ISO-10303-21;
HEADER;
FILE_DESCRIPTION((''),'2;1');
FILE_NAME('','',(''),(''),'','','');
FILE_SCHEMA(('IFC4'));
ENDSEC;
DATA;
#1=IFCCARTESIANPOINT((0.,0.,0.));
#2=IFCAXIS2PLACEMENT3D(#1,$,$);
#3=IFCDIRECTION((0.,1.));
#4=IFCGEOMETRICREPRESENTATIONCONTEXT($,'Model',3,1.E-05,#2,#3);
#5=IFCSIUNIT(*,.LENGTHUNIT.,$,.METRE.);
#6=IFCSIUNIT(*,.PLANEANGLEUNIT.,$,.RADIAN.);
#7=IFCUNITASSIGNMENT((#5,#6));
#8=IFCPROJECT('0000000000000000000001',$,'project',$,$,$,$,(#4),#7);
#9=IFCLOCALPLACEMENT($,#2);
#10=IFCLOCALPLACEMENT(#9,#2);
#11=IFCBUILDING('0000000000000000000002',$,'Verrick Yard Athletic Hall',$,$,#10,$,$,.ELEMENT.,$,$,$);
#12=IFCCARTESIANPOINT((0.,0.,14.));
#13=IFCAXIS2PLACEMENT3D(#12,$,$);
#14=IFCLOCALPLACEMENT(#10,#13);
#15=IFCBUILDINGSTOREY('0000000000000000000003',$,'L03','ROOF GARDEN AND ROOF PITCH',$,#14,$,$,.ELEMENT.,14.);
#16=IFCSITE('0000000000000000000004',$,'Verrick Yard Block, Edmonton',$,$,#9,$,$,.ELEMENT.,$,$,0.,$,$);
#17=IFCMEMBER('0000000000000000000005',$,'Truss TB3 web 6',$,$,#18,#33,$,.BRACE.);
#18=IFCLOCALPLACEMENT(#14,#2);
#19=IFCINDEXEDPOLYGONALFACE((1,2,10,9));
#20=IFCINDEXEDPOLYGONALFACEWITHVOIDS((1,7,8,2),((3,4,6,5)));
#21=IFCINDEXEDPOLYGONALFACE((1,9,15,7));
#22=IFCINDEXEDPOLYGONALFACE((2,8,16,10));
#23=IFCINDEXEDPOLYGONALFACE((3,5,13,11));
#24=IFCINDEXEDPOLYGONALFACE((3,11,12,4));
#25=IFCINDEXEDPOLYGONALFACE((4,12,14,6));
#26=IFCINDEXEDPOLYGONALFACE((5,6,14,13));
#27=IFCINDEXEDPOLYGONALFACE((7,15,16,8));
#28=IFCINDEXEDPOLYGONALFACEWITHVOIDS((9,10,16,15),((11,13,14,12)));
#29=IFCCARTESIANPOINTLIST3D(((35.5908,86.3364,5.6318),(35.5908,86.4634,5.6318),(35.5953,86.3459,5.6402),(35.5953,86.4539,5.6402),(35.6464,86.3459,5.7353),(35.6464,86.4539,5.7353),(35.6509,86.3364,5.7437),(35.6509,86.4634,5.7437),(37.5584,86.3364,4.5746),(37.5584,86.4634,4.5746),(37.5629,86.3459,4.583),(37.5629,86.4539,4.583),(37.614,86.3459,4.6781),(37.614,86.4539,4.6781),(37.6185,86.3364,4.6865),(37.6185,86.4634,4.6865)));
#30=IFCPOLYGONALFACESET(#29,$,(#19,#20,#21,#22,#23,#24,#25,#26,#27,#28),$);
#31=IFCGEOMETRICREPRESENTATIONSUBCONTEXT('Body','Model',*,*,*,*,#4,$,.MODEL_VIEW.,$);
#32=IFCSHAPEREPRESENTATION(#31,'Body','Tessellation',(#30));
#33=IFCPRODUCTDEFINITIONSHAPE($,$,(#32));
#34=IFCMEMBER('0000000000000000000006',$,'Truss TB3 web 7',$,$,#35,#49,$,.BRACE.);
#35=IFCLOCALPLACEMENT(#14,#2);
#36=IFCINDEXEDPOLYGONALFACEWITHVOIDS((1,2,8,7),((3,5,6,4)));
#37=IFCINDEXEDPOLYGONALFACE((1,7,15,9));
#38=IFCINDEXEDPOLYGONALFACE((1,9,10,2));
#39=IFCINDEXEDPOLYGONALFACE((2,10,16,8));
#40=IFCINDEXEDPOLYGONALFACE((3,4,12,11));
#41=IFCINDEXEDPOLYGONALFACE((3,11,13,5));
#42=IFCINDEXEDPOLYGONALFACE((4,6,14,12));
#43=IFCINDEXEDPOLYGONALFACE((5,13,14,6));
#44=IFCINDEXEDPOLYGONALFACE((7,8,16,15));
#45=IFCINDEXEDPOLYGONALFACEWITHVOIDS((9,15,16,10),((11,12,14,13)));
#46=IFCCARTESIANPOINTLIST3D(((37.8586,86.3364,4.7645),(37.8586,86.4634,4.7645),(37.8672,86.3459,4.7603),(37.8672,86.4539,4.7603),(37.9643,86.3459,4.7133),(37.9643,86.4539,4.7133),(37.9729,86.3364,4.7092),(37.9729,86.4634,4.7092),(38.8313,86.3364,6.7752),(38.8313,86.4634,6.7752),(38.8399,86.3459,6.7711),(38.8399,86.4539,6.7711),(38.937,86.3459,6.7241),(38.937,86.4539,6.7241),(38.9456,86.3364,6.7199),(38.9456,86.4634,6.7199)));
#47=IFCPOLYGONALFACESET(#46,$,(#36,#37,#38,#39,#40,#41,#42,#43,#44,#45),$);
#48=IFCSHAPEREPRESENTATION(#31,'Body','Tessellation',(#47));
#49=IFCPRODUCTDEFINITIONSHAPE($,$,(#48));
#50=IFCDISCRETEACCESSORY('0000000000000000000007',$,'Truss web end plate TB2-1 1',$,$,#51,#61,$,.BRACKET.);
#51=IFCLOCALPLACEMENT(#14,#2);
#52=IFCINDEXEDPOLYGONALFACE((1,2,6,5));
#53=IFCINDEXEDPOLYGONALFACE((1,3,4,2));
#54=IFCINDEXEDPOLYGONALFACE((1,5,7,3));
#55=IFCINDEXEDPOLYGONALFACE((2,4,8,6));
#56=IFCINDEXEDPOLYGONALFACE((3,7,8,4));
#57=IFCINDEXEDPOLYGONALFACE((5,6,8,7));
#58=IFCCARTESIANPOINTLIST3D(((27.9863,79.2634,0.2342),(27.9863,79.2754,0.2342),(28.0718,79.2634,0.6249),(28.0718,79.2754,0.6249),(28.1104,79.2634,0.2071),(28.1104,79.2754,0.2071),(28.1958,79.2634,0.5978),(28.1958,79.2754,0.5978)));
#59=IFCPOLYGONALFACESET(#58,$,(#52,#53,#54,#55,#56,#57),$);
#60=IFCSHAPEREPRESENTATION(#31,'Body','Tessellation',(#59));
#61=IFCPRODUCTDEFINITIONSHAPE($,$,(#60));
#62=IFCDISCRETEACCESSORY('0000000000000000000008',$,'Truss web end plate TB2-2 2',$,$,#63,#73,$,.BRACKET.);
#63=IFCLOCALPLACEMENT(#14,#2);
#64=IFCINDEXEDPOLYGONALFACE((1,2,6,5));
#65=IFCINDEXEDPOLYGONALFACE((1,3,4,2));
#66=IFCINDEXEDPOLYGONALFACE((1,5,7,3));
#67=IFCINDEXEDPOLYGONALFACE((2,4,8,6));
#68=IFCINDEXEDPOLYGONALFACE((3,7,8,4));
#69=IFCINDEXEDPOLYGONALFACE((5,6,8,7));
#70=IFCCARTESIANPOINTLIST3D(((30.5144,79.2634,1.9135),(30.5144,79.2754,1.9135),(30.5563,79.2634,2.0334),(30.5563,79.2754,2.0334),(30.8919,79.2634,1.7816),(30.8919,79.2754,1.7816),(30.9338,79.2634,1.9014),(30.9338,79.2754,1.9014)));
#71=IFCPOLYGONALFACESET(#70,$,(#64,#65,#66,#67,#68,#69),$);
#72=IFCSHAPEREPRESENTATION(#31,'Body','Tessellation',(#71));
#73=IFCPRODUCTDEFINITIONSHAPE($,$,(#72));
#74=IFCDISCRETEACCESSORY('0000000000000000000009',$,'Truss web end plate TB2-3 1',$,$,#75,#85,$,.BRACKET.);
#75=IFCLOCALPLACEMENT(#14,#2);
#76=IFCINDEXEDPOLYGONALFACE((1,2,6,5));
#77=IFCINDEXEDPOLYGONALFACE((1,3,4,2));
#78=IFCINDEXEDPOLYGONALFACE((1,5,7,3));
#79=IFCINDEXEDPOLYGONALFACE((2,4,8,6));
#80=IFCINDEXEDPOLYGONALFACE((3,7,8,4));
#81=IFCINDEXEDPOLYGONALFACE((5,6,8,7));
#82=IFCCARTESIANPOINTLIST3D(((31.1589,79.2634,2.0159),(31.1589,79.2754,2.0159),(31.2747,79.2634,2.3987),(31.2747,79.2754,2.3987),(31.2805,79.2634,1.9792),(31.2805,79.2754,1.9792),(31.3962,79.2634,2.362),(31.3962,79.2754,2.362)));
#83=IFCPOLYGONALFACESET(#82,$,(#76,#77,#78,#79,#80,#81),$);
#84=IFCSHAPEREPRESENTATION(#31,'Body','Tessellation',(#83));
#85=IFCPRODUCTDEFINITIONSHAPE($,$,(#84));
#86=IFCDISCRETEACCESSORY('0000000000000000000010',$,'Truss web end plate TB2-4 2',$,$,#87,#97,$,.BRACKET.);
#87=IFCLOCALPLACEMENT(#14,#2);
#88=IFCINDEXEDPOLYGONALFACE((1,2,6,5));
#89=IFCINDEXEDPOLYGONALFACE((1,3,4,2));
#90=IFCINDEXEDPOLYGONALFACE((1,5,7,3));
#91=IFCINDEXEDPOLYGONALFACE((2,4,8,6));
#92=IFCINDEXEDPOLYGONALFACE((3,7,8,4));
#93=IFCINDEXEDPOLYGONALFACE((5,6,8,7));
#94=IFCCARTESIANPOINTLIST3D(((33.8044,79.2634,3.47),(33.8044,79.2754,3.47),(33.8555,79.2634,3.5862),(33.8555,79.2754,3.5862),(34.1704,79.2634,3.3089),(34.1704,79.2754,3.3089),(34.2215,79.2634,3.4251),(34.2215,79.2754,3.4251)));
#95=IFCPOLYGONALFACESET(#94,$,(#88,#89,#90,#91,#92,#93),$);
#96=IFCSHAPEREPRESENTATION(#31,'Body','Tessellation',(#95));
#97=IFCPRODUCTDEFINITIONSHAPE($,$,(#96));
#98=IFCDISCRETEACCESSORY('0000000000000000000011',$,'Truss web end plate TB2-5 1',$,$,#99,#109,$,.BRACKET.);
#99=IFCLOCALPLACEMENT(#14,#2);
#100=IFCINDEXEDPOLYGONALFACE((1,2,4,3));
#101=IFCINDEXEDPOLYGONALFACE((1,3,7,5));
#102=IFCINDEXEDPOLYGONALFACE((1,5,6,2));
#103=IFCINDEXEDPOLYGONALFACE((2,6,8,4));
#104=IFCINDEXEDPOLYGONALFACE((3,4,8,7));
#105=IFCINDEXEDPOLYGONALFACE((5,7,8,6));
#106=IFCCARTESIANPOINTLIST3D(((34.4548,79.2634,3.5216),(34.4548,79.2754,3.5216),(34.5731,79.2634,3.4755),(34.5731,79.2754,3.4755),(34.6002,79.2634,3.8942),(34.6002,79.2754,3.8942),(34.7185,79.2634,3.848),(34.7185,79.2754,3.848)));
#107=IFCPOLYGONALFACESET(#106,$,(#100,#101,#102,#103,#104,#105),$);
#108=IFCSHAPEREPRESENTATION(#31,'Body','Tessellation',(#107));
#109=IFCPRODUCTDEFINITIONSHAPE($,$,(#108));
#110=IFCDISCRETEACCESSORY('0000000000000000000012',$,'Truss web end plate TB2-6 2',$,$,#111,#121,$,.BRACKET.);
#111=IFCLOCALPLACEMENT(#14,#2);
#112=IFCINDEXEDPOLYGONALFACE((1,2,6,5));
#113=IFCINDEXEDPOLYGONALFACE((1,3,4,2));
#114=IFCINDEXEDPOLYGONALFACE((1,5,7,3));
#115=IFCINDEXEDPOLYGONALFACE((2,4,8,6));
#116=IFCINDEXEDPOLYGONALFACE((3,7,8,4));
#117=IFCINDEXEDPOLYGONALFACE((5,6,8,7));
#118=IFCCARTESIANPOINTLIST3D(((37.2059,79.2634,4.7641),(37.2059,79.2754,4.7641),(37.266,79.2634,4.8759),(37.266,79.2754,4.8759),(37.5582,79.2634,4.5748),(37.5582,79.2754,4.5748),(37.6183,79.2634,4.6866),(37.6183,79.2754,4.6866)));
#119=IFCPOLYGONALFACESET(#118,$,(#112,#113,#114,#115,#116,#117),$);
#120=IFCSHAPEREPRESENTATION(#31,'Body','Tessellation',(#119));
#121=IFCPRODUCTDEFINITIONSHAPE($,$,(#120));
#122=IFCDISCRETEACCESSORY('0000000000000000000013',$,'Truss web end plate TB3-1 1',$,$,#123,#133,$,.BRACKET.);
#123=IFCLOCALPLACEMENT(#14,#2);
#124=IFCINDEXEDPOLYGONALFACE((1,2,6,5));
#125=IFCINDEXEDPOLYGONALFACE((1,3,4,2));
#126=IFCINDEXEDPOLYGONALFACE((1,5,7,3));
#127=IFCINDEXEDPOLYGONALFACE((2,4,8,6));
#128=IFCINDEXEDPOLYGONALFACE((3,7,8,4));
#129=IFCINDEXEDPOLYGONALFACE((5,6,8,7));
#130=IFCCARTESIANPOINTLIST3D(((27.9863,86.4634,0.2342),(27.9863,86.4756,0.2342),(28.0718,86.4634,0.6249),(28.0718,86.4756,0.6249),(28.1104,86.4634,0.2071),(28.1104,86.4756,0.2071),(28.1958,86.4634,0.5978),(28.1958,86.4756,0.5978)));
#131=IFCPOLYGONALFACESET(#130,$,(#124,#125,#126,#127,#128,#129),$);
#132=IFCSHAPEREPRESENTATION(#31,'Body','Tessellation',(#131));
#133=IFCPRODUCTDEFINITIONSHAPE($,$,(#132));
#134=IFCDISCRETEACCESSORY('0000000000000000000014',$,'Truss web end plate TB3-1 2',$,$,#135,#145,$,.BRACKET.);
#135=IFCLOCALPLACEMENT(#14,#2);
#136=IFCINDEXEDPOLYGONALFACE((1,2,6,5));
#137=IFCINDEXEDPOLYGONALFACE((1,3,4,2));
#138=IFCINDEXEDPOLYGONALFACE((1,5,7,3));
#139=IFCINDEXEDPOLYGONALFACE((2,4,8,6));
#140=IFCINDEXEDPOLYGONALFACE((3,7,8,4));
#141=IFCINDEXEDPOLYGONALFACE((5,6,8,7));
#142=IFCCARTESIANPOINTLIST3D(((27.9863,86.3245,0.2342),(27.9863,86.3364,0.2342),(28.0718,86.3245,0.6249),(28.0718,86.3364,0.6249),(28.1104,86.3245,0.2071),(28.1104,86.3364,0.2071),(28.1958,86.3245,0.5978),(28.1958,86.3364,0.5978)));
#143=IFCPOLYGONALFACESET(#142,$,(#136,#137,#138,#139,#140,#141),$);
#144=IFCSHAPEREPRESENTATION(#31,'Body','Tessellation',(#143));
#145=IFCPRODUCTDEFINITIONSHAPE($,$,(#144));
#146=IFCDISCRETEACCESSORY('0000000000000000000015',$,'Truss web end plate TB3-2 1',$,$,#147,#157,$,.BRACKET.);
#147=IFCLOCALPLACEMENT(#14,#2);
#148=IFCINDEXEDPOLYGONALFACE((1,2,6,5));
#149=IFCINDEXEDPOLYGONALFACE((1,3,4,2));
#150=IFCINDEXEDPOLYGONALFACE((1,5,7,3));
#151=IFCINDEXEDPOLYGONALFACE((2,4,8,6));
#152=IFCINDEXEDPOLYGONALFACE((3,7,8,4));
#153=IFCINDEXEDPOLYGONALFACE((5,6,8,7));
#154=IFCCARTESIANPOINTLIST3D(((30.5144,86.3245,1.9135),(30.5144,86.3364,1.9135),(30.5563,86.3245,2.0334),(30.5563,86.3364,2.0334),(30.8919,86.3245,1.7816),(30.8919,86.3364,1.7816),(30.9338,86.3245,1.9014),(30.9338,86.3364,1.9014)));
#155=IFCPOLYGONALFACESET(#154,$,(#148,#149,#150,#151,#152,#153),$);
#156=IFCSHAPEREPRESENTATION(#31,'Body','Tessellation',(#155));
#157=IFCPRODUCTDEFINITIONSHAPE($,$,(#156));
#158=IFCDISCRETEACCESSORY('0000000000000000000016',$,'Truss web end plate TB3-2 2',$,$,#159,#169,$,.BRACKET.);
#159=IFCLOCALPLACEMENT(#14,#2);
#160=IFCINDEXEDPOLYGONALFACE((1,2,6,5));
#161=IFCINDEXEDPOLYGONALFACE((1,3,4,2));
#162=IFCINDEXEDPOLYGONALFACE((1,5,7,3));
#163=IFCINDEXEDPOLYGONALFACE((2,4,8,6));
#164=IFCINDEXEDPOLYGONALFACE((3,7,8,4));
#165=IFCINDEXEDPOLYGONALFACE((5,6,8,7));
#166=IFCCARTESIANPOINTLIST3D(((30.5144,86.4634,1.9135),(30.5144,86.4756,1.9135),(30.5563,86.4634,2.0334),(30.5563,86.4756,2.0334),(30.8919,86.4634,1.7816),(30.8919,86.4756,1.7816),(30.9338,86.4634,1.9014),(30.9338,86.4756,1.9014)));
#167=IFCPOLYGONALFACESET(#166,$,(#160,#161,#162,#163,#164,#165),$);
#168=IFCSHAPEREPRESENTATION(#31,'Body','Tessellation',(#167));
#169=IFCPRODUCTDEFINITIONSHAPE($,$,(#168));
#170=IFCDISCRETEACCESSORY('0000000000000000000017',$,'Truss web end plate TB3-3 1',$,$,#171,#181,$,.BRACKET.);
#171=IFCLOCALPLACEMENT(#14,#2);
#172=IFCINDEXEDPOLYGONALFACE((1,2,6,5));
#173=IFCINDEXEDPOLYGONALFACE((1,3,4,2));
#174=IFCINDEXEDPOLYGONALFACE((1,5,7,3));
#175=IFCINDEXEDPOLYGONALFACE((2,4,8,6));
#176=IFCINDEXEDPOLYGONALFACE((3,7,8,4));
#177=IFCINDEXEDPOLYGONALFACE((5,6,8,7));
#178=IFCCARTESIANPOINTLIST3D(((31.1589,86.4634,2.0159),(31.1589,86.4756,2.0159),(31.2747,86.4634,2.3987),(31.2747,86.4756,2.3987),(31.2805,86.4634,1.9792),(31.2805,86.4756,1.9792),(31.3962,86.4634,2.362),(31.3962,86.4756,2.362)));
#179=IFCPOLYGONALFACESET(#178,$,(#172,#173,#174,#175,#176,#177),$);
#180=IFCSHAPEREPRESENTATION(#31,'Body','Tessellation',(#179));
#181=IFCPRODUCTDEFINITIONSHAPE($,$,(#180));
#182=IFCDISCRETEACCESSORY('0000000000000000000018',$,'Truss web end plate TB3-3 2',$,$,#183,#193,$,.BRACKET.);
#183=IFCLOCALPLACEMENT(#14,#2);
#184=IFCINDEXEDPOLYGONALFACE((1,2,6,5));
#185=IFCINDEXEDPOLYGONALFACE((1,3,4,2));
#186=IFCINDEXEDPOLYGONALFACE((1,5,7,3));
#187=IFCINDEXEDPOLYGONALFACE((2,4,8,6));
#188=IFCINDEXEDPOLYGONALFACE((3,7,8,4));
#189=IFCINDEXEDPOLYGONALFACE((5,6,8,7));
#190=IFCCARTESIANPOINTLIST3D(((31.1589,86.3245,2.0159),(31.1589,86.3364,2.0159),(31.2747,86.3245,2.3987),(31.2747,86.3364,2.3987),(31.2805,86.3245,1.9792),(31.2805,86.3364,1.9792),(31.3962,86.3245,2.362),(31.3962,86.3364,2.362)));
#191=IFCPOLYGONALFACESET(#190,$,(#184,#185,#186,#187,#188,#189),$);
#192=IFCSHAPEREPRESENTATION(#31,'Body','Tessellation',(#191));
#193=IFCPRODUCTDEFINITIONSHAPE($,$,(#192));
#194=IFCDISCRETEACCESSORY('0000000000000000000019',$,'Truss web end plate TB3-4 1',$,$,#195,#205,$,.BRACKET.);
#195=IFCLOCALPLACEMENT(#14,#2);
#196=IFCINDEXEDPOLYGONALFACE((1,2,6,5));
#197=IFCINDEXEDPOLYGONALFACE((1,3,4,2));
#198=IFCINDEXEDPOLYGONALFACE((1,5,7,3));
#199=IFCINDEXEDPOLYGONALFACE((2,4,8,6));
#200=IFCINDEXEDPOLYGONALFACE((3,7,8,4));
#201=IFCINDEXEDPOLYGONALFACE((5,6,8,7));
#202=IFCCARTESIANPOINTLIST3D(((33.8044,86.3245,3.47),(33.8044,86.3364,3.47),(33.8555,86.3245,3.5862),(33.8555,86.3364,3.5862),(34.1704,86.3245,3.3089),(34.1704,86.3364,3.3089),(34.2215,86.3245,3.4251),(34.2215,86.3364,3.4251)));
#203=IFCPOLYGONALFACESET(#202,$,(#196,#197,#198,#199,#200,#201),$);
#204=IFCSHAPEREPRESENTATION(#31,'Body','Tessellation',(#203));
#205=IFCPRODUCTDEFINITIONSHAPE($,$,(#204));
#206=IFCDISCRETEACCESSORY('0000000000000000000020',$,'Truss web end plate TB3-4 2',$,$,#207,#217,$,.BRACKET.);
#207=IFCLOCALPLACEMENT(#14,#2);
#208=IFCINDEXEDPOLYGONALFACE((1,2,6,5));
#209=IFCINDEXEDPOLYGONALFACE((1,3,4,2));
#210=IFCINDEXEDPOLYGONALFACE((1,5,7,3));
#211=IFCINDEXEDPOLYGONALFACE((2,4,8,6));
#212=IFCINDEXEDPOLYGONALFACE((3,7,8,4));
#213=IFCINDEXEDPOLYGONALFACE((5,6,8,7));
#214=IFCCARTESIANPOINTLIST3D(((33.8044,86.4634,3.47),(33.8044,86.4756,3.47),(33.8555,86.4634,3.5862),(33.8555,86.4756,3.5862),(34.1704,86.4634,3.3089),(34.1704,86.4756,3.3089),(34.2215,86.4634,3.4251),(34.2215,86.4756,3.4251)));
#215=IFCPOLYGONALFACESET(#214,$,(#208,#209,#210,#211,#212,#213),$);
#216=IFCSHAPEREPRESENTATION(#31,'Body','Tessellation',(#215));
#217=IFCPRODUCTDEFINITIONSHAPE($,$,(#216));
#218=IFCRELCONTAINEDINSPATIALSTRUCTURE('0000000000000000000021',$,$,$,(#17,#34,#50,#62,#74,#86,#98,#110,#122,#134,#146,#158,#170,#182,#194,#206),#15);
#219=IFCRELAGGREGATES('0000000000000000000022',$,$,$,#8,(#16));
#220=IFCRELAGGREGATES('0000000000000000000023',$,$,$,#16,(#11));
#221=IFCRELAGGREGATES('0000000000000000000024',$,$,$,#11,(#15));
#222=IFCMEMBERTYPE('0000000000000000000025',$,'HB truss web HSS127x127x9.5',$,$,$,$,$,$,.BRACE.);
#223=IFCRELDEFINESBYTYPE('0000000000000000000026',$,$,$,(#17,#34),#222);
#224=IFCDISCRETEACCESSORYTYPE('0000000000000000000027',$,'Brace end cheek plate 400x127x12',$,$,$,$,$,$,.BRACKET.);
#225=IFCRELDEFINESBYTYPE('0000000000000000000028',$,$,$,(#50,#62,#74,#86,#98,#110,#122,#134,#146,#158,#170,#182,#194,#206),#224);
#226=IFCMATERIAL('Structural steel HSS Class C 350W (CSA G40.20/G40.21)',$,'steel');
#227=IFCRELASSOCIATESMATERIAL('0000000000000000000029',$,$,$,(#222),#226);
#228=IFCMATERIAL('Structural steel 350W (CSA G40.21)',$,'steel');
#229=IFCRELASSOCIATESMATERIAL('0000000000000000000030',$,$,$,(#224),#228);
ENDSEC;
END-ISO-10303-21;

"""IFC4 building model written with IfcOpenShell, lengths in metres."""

from ifc_helpers import new_model, si_unit, direction, frame, origin, origin_2d, place, context, subcontext, project, spatial, rectangle, hollow_rectangle, extrude, material, material_profile, profile_set, type_object, element, save


model = new_model("IFC4")

# Units and contexts
model_context = context("Model", 3, precision=1e-05, world=origin(), true_north=direction((0.0, 1.0)))
body_context = subcontext(model_context, "Body", "Model", "MODEL_VIEW")
ifc_project = project(units=[si_unit("LENGTHUNIT", "METRE"), si_unit("PLANEANGLEUNIT", "RADIAN")], contexts=[model_context])

# Site, building, storey
site_placement = place(None, origin())
site = spatial("IfcSite", under=ifc_project, at=site_placement, Name="Verrick Yard Block, Edmonton", CompositionType="ELEMENT", RefElevation=0.0)
building_placement = place(site_placement, origin())
building = spatial("IfcBuilding", under=site, at=building_placement, Name="Verrick Yard Athletic Hall", CompositionType="ELEMENT")
storey_placement = place(building_placement, frame((0.0, 0.0, 14.0)))
storey = spatial("IfcBuildingStorey", under=building, at=storey_placement, Name="L03", Description="ROOF GARDEN AND ROOF PITCH", CompositionType="ELEMENT", Elevation=14.0)

# Members
ifc_material_1 = material(Name="Structural steel HSS Class C 350W (CSA G40.20/G40.21)", Category="steel")
ifc_material_profile_1 = material_profile(ifc_material_1, hollow_rectangle(XDim=0.127, YDim=0.127, WallThickness=0.0095, at=origin_2d()), Name="HSS127x127x9.5")
ifc_profile_set_1 = profile_set([ifc_material_profile_1], Name="Structural steel HSS Class C 350W (CSA G40.20/G40.21)")
member_type_1 = type_object("IfcMemberType", Name="HB truss web HSS127x127x9.5", PredefinedType="BRACE", material=ifc_profile_set_1)
for number, where, z_axis, x_axis, name in (
    (1, (35.6208, 86.3999, 5.6877), (0.880902, 0.0, -0.473298), (0.0, 1.0, 0.0), "Truss TB3 web 6"),
    (2, (37.9158, 86.3999, 4.7368), (0.435458, 0.0, 0.900209), (0.0, 1.0, 0.0), "Truss TB3 web 7"),
):
    element("IfcMember", number, at=place(storey_placement, frame(where, z_axis=z_axis, x_axis=x_axis)), inside=storey, type_object=member_type_1, Name=name, PredefinedType="BRACE", context=body_context, shape_type="SweptSolid", body=[
        extrude(hollow_rectangle(XDim=0.127, YDim=0.127, WallThickness=0.0095, at=origin_2d()), origin(), (0.0, 0.0, 1.0), 2.2336),
    ])

# Discrete accessories
ifc_material_2 = material(Name="Structural steel 350W (CSA G40.21)", Category="steel")
ifc_material_profile_2 = material_profile(ifc_material_2, rectangle(XDim=0.3999, YDim=0.127, at=origin_2d()), Name="Brace end cheek plate")
ifc_profile_set_2 = profile_set([ifc_material_profile_2], Name="Structural steel 350W (CSA G40.21)")
discrete_accessory_type_1 = type_object("IfcDiscreteAccessoryType", Name="Brace end cheek plate 400x127x12", PredefinedType="BRACKET", material=ifc_profile_set_2)
for number, where, z_axis, x_axis, name in (
    (3, (28.0911, 79.2634, 0.416), (0.0, 1.0, 0.0), (0.213605, 0.0, 0.97692), "Truss web end plate TB2-1 1"),
    (4, (30.7241, 79.2634, 1.9075), (0.0, 1.0, 0.0), (-0.944026, 0.0, 0.329872), "Truss web end plate TB2-2 2"),
    (5, (31.2776, 79.2634, 2.189), (0.0, 1.0, 0.0), (0.289473, 0.0, 0.957186), "Truss web end plate TB2-3 1"),
    (6, (34.0129, 79.2634, 3.4475), (0.0, 1.0, 0.0), (-0.915285, 0.0, 0.402806), "Truss web end plate TB2-4 2"),
    (7, (34.5867, 79.2634, 3.6848), (0.0, 1.0, 0.0), (0.363563, 0.0, 0.93157), "Truss web end plate TB2-5 1"),
    (8, (37.4121, 79.2634, 4.7253), (0.0, 1.0, 0.0), (-0.88092, 0.0, 0.473265), "Truss web end plate TB2-6 2"),
):
    element("IfcDiscreteAccessory", number, at=place(storey_placement, frame(where, z_axis=z_axis, x_axis=x_axis)), inside=storey, type_object=discrete_accessory_type_1, Name=name, PredefinedType="BRACKET", context=body_context, shape_type="SweptSolid", body=[
        extrude(rectangle(XDim=0.3999, YDim=0.127, at=origin_2d()), origin(), (0.0, 0.0, 1.0), 0.012),
    ])
discrete_accessory_1_placement = place(storey_placement, frame((28.0911, 86.4634, 0.416), z_axis=(0.0, 1.0, 0.0), x_axis=(0.213605, 0.0, 0.97692)))
element("IfcDiscreteAccessory", 9, at=discrete_accessory_1_placement, inside=storey, type_object=discrete_accessory_type_1, Name="Truss web end plate TB3-1 1", PredefinedType="BRACKET", context=body_context, shape_type="SweptSolid", body=[
    extrude(rectangle(XDim=0.3999, YDim=0.127, at=origin_2d()), origin(), (0.0, 0.0, 1.0), 0.0122),
])
for number, where, z_axis, x_axis, name in (
    (10, (28.0911, 86.3364, 0.416), (0.0, -1.0, 0.0), (0.213605, 0.0, 0.97692), "Truss web end plate TB3-1 2"),
    (11, (30.7241, 86.3364, 1.9075), (0.0, -1.0, 0.0), (-0.944026, 0.0, 0.329872), "Truss web end plate TB3-2 1"),
):
    element("IfcDiscreteAccessory", number, at=place(storey_placement, frame(where, z_axis=z_axis, x_axis=x_axis)), inside=storey, type_object=discrete_accessory_type_1, Name=name, PredefinedType="BRACKET", context=body_context, shape_type="SweptSolid", body=[
        extrude(rectangle(XDim=0.3999, YDim=0.127, at=origin_2d()), origin(), (0.0, 0.0, 1.0), 0.012),
    ])
for number, where, z_axis, x_axis, name in (
    (12, (30.7241, 86.4634, 1.9075), (0.0, 1.0, 0.0), (-0.944026, 0.0, 0.329872), "Truss web end plate TB3-2 2"),
    (13, (31.2776, 86.4634, 2.189), (0.0, 1.0, 0.0), (0.289473, 0.0, 0.957186), "Truss web end plate TB3-3 1"),
):
    element("IfcDiscreteAccessory", number, at=place(storey_placement, frame(where, z_axis=z_axis, x_axis=x_axis)), inside=storey, type_object=discrete_accessory_type_1, Name=name, PredefinedType="BRACKET", context=body_context, shape_type="SweptSolid", body=[
        extrude(rectangle(XDim=0.3999, YDim=0.127, at=origin_2d()), origin(), (0.0, 0.0, 1.0), 0.0122),
    ])
for number, where, z_axis, x_axis, name in (
    (14, (31.2776, 86.3364, 2.189), (0.0, -1.0, 0.0), (0.289473, 0.0, 0.957186), "Truss web end plate TB3-3 2"),
    (15, (34.0129, 86.3364, 3.4475), (0.0, -1.0, 0.0), (-0.915285, 0.0, 0.402806), "Truss web end plate TB3-4 1"),
):
    element("IfcDiscreteAccessory", number, at=place(storey_placement, frame(where, z_axis=z_axis, x_axis=x_axis)), inside=storey, type_object=discrete_accessory_type_1, Name=name, PredefinedType="BRACKET", context=body_context, shape_type="SweptSolid", body=[
        extrude(rectangle(XDim=0.3999, YDim=0.127, at=origin_2d()), origin(), (0.0, 0.0, 1.0), 0.012),
    ])
discrete_accessory_2_placement = place(storey_placement, frame((34.0129, 86.4634, 3.4475), z_axis=(0.0, 1.0, 0.0), x_axis=(-0.915285, 0.0, 0.402806)))
element("IfcDiscreteAccessory", 16, at=discrete_accessory_2_placement, inside=storey, type_object=discrete_accessory_type_1, Name="Truss web end plate TB3-4 2", PredefinedType="BRACKET", context=body_context, shape_type="SweptSolid", body=[
    extrude(rectangle(XDim=0.3999, YDim=0.127, at=origin_2d()), origin(), (0.0, 0.0, 1.0), 0.0122),
])

save(model, "model.ifc")
